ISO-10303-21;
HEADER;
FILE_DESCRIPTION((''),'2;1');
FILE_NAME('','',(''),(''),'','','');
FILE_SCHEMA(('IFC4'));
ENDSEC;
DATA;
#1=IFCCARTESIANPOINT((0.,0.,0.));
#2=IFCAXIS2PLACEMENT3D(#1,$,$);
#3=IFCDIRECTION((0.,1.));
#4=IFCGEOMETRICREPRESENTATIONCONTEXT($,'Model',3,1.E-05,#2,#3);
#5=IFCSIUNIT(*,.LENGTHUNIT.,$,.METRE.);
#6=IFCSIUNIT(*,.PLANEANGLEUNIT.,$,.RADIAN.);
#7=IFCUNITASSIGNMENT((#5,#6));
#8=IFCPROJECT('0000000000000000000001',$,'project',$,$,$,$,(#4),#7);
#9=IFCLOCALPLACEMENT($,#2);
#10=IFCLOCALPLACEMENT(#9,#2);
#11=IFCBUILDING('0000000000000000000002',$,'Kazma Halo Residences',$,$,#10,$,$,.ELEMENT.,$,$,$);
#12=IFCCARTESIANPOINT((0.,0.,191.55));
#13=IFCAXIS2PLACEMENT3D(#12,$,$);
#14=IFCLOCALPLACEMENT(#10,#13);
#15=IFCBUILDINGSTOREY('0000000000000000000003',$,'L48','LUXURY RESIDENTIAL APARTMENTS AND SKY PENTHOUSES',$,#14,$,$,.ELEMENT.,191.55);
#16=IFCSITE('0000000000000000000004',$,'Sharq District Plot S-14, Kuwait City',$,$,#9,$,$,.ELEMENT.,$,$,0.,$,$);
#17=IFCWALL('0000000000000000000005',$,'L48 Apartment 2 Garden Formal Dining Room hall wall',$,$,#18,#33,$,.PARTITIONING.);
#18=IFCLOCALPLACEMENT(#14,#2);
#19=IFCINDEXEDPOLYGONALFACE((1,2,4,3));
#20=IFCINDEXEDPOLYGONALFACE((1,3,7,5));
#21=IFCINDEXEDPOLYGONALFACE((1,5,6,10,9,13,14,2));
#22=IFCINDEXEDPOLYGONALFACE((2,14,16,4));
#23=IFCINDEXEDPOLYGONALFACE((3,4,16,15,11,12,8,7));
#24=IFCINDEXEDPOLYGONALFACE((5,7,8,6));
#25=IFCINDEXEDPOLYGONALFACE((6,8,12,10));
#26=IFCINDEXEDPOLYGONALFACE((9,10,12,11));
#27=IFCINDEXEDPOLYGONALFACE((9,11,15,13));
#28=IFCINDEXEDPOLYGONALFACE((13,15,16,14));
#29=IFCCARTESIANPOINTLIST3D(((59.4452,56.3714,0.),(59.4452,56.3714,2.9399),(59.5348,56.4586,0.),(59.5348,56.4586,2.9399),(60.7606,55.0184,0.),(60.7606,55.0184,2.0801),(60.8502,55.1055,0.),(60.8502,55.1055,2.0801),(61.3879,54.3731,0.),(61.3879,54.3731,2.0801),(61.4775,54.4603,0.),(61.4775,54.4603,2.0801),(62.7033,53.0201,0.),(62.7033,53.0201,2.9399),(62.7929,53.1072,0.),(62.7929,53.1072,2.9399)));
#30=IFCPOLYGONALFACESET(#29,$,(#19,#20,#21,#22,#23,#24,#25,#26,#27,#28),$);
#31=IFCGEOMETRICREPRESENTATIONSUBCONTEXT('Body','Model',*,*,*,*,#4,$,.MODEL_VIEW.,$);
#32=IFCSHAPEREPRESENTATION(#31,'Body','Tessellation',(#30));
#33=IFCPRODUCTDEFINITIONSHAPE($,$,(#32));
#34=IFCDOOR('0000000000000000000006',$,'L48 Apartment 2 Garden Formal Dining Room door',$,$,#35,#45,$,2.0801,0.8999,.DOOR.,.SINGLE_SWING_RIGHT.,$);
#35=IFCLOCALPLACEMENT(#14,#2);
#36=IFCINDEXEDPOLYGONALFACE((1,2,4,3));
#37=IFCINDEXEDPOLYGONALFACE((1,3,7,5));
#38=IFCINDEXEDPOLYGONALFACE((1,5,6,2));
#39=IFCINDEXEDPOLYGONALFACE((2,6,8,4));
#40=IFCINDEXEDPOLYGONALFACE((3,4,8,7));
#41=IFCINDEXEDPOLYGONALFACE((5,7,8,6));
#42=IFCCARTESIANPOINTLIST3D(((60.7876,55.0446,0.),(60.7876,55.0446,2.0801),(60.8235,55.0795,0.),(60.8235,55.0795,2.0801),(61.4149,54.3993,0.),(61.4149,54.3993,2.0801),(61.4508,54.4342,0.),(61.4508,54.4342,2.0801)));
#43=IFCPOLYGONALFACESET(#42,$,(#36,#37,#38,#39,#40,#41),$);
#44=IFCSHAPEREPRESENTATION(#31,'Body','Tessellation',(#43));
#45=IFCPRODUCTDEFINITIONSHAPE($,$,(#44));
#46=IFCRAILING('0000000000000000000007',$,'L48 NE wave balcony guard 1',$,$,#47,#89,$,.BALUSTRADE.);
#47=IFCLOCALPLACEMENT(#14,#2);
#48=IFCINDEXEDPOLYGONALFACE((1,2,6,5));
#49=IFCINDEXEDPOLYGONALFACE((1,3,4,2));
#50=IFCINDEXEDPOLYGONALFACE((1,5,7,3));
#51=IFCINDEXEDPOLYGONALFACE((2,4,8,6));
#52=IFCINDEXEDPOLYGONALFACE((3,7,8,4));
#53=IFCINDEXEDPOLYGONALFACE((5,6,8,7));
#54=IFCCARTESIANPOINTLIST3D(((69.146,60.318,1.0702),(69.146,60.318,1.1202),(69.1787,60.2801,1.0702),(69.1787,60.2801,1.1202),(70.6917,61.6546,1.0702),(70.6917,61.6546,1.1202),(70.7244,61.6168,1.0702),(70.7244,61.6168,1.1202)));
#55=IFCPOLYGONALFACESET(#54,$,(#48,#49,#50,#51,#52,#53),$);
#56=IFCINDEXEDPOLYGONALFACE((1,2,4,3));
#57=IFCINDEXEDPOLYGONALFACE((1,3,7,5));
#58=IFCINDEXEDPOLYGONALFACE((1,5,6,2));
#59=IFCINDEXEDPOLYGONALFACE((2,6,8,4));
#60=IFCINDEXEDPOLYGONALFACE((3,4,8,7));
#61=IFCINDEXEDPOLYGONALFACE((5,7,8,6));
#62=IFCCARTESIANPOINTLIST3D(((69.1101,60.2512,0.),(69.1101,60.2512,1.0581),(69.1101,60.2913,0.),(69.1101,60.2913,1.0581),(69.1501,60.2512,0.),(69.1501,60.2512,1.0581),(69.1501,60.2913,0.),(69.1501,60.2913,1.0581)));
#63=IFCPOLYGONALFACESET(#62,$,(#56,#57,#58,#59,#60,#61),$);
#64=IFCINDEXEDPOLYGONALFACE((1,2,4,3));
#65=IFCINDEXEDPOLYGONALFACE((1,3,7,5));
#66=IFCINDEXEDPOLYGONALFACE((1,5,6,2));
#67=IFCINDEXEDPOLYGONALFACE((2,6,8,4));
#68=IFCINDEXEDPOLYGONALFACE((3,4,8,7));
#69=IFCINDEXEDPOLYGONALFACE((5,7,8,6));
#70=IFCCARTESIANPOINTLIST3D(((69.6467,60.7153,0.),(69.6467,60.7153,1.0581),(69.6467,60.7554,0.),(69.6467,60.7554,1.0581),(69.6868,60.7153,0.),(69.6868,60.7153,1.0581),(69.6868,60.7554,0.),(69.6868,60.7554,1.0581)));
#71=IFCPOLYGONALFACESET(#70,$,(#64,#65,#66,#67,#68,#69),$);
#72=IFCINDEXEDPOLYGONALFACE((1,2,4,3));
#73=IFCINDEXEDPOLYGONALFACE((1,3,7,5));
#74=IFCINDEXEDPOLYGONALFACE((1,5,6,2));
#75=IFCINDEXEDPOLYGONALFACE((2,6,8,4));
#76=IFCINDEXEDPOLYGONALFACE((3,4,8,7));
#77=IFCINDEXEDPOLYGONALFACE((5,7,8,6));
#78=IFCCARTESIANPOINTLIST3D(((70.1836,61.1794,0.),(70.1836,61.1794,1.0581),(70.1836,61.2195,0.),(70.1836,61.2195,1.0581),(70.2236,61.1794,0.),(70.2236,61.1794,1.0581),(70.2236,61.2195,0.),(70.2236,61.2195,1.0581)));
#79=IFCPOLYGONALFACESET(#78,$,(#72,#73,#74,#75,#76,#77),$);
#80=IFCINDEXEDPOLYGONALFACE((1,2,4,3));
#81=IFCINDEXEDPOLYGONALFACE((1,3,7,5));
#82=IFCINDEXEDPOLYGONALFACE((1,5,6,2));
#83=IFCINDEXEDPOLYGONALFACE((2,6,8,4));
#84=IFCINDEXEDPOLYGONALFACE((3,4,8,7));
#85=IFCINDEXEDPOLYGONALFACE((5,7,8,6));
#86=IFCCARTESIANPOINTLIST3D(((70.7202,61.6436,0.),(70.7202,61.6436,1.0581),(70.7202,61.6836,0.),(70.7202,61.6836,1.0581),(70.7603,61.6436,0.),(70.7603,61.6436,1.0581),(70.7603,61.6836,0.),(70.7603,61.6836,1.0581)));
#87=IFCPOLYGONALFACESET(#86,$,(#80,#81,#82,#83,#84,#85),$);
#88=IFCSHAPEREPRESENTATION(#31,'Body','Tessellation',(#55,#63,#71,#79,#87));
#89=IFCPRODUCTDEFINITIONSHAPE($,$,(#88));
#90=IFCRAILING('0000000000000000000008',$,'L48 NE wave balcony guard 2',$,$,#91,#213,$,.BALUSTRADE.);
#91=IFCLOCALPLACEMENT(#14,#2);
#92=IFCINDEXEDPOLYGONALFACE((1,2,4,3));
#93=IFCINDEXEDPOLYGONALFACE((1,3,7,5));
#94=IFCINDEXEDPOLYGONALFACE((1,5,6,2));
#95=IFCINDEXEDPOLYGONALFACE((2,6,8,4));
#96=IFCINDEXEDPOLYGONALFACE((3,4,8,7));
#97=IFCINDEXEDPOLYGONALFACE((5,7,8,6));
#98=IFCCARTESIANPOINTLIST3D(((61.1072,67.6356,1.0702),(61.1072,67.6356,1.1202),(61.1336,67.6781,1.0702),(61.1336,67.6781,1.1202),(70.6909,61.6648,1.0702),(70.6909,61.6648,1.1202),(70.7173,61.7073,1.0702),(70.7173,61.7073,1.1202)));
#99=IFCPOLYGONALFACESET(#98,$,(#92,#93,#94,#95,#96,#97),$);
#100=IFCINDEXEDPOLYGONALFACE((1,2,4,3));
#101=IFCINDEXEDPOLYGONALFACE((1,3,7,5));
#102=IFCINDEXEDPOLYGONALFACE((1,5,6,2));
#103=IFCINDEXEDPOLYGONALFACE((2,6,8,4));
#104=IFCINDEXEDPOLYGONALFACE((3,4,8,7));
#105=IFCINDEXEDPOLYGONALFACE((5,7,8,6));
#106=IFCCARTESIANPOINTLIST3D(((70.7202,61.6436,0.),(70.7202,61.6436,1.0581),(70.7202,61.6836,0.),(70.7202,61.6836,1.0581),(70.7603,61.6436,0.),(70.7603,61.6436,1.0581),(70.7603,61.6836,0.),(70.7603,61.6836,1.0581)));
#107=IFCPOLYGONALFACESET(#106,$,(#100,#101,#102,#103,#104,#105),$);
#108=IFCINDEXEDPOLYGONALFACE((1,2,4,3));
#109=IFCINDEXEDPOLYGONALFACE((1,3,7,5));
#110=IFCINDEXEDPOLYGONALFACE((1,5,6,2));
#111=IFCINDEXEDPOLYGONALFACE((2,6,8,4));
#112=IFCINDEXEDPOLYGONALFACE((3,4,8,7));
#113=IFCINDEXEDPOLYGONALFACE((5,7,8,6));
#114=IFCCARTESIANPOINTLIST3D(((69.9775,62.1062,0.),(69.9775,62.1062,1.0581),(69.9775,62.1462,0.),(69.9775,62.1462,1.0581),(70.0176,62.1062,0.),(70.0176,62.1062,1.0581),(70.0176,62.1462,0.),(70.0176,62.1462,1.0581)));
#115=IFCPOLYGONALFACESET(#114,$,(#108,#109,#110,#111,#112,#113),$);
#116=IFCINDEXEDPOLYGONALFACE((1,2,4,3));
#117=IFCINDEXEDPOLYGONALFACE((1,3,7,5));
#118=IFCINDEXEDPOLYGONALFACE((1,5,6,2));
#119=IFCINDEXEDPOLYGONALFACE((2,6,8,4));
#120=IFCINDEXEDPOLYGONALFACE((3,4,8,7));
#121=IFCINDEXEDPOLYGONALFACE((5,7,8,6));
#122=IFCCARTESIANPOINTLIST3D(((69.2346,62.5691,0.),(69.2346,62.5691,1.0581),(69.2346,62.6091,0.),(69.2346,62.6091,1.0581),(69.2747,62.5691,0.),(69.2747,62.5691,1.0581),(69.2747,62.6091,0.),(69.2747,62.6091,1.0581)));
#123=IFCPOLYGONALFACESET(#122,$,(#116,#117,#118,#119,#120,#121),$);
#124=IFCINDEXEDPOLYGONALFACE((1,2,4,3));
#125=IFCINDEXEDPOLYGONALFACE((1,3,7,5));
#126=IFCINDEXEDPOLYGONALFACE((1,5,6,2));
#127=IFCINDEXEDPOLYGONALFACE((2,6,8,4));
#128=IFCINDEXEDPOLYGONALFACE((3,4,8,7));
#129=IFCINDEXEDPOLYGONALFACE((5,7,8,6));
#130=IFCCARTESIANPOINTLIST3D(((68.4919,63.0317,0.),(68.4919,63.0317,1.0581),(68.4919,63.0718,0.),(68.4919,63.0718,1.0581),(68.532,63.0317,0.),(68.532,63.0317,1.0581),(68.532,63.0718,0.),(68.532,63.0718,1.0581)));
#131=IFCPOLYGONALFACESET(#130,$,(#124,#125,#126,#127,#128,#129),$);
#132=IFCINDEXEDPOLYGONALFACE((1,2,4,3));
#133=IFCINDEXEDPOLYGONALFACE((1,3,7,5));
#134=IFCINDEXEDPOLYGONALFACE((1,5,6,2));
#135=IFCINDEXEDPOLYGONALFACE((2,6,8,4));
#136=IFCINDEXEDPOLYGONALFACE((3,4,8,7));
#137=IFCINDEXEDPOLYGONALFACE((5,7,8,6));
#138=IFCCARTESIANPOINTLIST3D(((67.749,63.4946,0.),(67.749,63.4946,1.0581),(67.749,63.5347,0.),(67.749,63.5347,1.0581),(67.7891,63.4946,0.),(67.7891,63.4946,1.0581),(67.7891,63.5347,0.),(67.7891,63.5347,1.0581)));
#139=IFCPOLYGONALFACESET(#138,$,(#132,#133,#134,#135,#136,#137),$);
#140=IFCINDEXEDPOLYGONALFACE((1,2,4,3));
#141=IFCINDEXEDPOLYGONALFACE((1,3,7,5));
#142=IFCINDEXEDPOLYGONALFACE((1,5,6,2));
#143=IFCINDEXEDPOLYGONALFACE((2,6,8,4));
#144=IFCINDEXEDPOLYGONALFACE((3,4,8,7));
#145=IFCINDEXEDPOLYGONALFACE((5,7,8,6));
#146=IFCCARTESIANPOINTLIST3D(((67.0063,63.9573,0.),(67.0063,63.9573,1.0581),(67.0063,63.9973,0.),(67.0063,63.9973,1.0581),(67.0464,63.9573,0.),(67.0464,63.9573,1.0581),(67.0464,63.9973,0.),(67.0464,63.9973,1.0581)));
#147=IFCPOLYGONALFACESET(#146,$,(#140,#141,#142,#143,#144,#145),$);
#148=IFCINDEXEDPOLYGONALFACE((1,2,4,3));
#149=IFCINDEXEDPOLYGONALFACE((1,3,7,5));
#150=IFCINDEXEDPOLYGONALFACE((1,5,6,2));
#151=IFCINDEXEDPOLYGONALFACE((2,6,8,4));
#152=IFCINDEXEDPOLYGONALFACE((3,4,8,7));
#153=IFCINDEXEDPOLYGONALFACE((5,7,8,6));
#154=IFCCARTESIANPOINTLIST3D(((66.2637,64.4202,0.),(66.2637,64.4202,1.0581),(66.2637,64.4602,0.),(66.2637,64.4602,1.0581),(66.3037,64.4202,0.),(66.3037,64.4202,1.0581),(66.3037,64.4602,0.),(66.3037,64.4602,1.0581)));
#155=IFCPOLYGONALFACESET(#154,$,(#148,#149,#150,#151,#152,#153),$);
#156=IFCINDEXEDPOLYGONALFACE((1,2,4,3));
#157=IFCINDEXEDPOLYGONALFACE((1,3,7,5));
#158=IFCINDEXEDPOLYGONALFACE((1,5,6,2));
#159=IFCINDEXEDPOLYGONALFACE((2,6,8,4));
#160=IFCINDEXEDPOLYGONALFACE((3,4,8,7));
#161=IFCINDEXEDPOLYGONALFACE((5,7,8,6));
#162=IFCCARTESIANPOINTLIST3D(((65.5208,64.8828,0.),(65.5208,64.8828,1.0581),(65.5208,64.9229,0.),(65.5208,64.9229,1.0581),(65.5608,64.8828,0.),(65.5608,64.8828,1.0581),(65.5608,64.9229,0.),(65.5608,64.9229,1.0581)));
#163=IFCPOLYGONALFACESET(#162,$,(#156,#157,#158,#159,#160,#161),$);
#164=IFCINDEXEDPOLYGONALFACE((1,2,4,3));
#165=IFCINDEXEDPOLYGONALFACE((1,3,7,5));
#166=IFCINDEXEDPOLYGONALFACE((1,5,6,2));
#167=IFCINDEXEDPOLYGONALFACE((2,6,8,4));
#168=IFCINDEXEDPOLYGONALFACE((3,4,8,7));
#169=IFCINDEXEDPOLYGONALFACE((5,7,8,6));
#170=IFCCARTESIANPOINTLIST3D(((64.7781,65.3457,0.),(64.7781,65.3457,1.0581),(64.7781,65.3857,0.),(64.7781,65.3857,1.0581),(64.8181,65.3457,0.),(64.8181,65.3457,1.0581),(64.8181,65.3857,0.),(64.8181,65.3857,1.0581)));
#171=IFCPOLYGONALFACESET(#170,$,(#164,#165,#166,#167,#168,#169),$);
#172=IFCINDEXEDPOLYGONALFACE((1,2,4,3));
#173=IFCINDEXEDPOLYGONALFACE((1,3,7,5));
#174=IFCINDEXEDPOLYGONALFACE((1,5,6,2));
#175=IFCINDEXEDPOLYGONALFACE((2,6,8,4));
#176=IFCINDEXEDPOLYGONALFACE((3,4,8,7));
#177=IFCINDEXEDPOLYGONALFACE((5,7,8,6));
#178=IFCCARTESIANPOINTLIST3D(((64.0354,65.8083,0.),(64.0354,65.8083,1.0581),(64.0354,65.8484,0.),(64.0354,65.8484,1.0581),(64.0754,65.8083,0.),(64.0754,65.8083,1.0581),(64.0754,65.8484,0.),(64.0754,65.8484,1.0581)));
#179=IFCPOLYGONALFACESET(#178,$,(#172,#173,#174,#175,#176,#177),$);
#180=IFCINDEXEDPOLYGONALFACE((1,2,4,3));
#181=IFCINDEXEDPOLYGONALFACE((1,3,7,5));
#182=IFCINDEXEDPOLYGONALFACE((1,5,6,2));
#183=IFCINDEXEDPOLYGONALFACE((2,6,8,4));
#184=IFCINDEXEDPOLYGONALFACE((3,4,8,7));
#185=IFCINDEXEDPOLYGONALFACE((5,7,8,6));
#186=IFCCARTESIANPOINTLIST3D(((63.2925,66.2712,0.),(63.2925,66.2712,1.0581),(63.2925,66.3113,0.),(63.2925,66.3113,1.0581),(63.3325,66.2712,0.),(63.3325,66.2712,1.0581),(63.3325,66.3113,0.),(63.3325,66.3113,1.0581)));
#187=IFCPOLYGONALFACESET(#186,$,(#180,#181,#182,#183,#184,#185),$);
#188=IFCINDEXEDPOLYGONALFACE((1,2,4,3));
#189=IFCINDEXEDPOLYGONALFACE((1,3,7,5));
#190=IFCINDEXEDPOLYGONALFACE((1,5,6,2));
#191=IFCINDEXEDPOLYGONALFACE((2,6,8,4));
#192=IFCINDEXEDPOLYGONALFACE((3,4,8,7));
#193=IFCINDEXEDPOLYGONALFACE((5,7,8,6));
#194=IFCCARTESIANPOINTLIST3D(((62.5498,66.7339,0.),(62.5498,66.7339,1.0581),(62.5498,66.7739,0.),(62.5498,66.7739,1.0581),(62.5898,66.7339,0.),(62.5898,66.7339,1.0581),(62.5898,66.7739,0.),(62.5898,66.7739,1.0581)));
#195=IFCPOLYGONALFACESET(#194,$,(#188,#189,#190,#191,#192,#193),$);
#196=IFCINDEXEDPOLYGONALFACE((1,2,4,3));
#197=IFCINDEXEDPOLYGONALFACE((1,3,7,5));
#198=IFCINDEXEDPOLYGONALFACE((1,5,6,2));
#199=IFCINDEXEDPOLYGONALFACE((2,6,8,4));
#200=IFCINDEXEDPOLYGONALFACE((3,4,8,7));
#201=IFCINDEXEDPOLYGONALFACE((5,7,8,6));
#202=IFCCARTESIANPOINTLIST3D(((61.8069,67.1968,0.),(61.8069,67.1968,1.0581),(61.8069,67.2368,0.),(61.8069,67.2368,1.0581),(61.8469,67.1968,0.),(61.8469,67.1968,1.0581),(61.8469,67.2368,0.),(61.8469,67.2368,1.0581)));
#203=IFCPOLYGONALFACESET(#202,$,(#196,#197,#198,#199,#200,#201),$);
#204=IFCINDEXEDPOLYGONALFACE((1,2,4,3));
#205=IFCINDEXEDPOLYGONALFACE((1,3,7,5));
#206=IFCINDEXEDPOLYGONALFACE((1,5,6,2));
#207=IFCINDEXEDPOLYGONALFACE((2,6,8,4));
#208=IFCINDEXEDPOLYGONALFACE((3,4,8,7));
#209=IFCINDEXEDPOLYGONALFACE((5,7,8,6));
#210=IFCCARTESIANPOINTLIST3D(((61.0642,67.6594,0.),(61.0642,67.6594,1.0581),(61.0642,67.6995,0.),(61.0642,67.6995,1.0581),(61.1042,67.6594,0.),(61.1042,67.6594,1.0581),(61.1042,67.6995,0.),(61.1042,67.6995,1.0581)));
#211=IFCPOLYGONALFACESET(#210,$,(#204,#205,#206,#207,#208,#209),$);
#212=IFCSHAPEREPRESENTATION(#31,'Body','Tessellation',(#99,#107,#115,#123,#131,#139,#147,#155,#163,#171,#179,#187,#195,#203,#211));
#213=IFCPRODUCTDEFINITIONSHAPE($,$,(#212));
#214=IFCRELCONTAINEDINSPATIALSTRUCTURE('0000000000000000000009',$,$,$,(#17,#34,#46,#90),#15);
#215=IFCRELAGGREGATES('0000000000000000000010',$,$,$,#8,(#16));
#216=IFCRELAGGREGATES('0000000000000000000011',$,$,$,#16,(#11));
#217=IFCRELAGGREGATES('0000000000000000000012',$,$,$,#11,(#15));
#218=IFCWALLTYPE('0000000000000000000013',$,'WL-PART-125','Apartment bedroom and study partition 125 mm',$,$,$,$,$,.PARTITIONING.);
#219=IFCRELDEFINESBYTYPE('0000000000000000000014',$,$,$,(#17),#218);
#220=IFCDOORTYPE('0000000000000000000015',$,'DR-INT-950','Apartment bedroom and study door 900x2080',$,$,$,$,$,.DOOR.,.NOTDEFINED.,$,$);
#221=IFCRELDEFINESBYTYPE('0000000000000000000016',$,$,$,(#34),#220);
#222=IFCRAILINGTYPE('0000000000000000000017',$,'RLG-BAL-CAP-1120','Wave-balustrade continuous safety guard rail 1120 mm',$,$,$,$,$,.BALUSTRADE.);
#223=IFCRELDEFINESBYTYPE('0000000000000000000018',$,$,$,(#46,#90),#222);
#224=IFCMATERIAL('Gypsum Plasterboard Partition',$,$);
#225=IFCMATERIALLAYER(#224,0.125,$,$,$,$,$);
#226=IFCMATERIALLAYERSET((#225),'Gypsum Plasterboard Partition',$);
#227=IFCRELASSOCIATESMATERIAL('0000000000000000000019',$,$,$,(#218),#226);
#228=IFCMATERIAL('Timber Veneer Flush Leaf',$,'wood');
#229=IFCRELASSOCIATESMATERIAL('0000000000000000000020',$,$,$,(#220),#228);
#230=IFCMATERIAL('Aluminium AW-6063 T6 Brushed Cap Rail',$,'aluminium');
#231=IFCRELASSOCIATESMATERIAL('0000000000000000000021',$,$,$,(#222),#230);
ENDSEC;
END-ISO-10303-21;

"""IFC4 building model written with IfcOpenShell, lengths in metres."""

from ifc_helpers import new_model, si_unit, direction, frame, frame_2d, origin, origin_2d, place, context, subcontext, project, spatial, rectangle, extrude, material, layer, layer_set, type_object, element, fill, save


model = new_model("IFC4")

# Units and contexts
model_context = context("Model", 3, precision=1e-05, world=origin(), true_north=direction((0.0, 1.0)))
body_context = subcontext(model_context, "Body", "Model", "MODEL_VIEW")
ifc_project = project(units=[si_unit("LENGTHUNIT", "METRE"), si_unit("PLANEANGLEUNIT", "RADIAN")], contexts=[model_context])

# Site, building, storey
site_placement = place(None, origin())
site = spatial("IfcSite", under=ifc_project, at=site_placement, Name="Sharq District Plot S-14, Kuwait City", CompositionType="ELEMENT", RefElevation=0.0)
building_placement = place(site_placement, origin())
building = spatial("IfcBuilding", under=site, at=building_placement, Name="Kazma Halo Residences", CompositionType="ELEMENT")
storey_placement = place(building_placement, frame((0.0, 0.0, 191.55)))
storey = spatial("IfcBuildingStorey", under=building, at=storey_placement, Name="L48", Description="LUXURY RESIDENTIAL APARTMENTS AND SKY PENTHOUSES", CompositionType="ELEMENT", Elevation=191.55)

# Wall, opening, door
ifc_material_1 = material(Name="Gypsum Plasterboard Partition")
ifc_layer_1 = layer(ifc_material_1, 0.125)
ifc_layer_set_1 = layer_set([ifc_layer_1], Name="Gypsum Plasterboard Partition")
wall_type_1 = type_object("IfcWallType", Name="WL-PART-125", Description="Apartment bedroom and study partition 125 mm", PredefinedType="PARTITIONING", material=ifc_layer_set_1)
wall_1_placement = place(storey_placement, frame((62.748, 53.0637, 0.0), z_axis=(0.0, 0.0, 1.0), x_axis=(-0.69706, 0.717013, 0.0)))
wall_1 = element("IfcWall", 1, at=wall_1_placement, inside=storey, type_object=wall_type_1, Name="L48 Apartment 2 Garden Formal Dining Room hall wall", PredefinedType="PARTITIONING", context=body_context, shape_type="SweptSolid", body=[
    extrude(rectangle(XDim=4.6741, YDim=0.125, at=frame_2d((2.3369, 0.0))), origin(), (0.0, 0.0, 1.0), 2.9399),
])
opening_1_placement = place(wall_1_placement, frame((1.887, 0.0, 0.0)))
opening_1 = element("IfcOpeningElement", 2, at=opening_1_placement, cuts=wall_1, PredefinedType="OPENING", context=body_context, shape_type="SweptSolid", body=[
    extrude(rectangle(XDim=0.8999, YDim=2.0801, at=frame_2d((0.45, 1.04))), frame((0.0, 0.0725, 0.0), z_axis=(0.0, -1.0, 0.0), x_axis=(1.0, 0.0, 0.0)), (0.0, 0.0, 1.0), 0.145),
])
ifc_material_2 = material(Name="Timber Veneer Flush Leaf", Category="wood")
door_type_1 = type_object("IfcDoorType", Name="DR-INT-950", Description="Apartment bedroom and study door 900x2080", OperationType="NOTDEFINED", PredefinedType="DOOR", material=ifc_material_2)
door_1_placement = place(opening_1_placement, origin())
door_1 = element("IfcDoor", 3, at=door_1_placement, inside=storey, type_object=door_type_1, Name="L48 Apartment 2 Garden Formal Dining Room door", OperationType="SINGLE_SWING_RIGHT", OverallHeight=2.0801, OverallWidth=0.8999, PredefinedType="DOOR", context=body_context, shape_type="SweptSolid", body=[
    extrude(rectangle(XDim=0.8999, YDim=2.0801, at=frame_2d((0.45, 1.04))), frame((0.0, 0.0249, 0.0), z_axis=(0.0, -1.0, 0.0), x_axis=(1.0, 0.0, 0.0)), (0.0, 0.0, 1.0), 0.05),
])
fill(opening_1, door_1)

# Railings
ifc_material_3 = material(Name="Aluminium AW-6063 T6 Brushed Cap Rail", Category="aluminium")
railing_type = type_object("IfcRailingType", Name="RLG-BAL-CAP-1120", Description="Wave-balustrade continuous safety guard rail 1120 mm", PredefinedType="BALUSTRADE", material=ifc_material_3)
railing_1_placement = place(storey_placement, frame((69.1301, 60.2712, 0.0)))
element("IfcRailing", 4, at=railing_1_placement, inside=storey, type_object=railing_type, Name="L48 NE wave balcony guard 1", PredefinedType="BALUSTRADE", context=body_context, shape_type="SweptSolid", body=[
    extrude(rectangle(XDim=0.05, YDim=0.05, at=origin_2d()), frame((0.0322, 0.0278, 1.0952), z_axis=(0.756408, 0.654101, 0.0), x_axis=(-0.654101, 0.756408, 0.0)), (0.0, 0.0, 1.0), 2.0435),
    extrude(rectangle(XDim=0.04, YDim=0.04, at=origin_2d()), origin(), (0.0, 0.0, 1.0), 1.0581),
    extrude(rectangle(XDim=0.04, YDim=0.04, at=origin_2d()), frame((0.5366, 0.4641, 0.0)), (0.0, 0.0, 1.0), 1.0581),
    extrude(rectangle(XDim=0.04, YDim=0.04, at=origin_2d()), frame((1.0735, 0.9282, 0.0)), (0.0, 0.0, 1.0), 1.0581),
    extrude(rectangle(XDim=0.04, YDim=0.04, at=origin_2d()), frame((1.6101, 1.3923, 0.0)), (0.0, 0.0, 1.0), 1.0581),
])
railing_2_placement = place(storey_placement, frame((70.7402, 61.6636, 0.0)))
element("IfcRailing", 5, at=railing_2_placement, inside=storey, type_object=railing_type, Name="L48 NE wave balcony guard 2", PredefinedType="BALUSTRADE", context=body_context, shape_type="SweptSolid", body=[
    extrude(rectangle(XDim=0.05, YDim=0.05, at=origin_2d()), frame((-0.0361, 0.0225, 1.0952), z_axis=(-0.848753, 0.528789, 0.0), x_axis=(-0.528789, -0.848753, 0.0)), (0.0, 0.0, 1.0), 11.2915),
    extrude(rectangle(XDim=0.04, YDim=0.04, at=origin_2d()), origin(), (0.0, 0.0, 1.0), 1.0581),
    extrude(rectangle(XDim=0.04, YDim=0.04, at=origin_2d()), frame((-0.7427, 0.4626, 0.0)), (0.0, 0.0, 1.0), 1.0581),
    extrude(rectangle(XDim=0.04, YDim=0.04, at=origin_2d()), frame((-1.4856, 0.9255, 0.0)), (0.0, 0.0, 1.0), 1.0581),
    extrude(rectangle(XDim=0.04, YDim=0.04, at=origin_2d()), frame((-2.2283, 1.3882, 0.0)), (0.0, 0.0, 1.0), 1.0581),
    extrude(rectangle(XDim=0.04, YDim=0.04, at=origin_2d()), frame((-2.9712, 1.8511, 0.0)), (0.0, 0.0, 1.0), 1.0581),
    extrude(rectangle(XDim=0.04, YDim=0.04, at=origin_2d()), frame((-3.7139, 2.3137, 0.0)), (0.0, 0.0, 1.0), 1.0581),
    extrude(rectangle(XDim=0.04, YDim=0.04, at=origin_2d()), frame((-4.4565, 2.7766, 0.0)), (0.0, 0.0, 1.0), 1.0581),
    extrude(rectangle(XDim=0.04, YDim=0.04, at=origin_2d()), frame((-5.1995, 3.2393, 0.0)), (0.0, 0.0, 1.0), 1.0581),
    extrude(rectangle(XDim=0.04, YDim=0.04, at=origin_2d()), frame((-5.9421, 3.7021, 0.0)), (0.0, 0.0, 1.0), 1.0581),
    extrude(rectangle(XDim=0.04, YDim=0.04, at=origin_2d()), frame((-6.6848, 4.1648, 0.0)), (0.0, 0.0, 1.0), 1.0581),
    extrude(rectangle(XDim=0.04, YDim=0.04, at=origin_2d()), frame((-7.4277, 4.6277, 0.0)), (0.0, 0.0, 1.0), 1.0581),
    extrude(rectangle(XDim=0.04, YDim=0.04, at=origin_2d()), frame((-8.1704, 5.0903, 0.0)), (0.0, 0.0, 1.0), 1.0581),
    extrude(rectangle(XDim=0.04, YDim=0.04, at=origin_2d()), frame((-8.9133, 5.5532, 0.0)), (0.0, 0.0, 1.0), 1.0581),
    extrude(rectangle(XDim=0.04, YDim=0.04, at=origin_2d()), frame((-9.656, 6.0159, 0.0)), (0.0, 0.0, 1.0), 1.0581),
])

save(model, "model.ifc")
